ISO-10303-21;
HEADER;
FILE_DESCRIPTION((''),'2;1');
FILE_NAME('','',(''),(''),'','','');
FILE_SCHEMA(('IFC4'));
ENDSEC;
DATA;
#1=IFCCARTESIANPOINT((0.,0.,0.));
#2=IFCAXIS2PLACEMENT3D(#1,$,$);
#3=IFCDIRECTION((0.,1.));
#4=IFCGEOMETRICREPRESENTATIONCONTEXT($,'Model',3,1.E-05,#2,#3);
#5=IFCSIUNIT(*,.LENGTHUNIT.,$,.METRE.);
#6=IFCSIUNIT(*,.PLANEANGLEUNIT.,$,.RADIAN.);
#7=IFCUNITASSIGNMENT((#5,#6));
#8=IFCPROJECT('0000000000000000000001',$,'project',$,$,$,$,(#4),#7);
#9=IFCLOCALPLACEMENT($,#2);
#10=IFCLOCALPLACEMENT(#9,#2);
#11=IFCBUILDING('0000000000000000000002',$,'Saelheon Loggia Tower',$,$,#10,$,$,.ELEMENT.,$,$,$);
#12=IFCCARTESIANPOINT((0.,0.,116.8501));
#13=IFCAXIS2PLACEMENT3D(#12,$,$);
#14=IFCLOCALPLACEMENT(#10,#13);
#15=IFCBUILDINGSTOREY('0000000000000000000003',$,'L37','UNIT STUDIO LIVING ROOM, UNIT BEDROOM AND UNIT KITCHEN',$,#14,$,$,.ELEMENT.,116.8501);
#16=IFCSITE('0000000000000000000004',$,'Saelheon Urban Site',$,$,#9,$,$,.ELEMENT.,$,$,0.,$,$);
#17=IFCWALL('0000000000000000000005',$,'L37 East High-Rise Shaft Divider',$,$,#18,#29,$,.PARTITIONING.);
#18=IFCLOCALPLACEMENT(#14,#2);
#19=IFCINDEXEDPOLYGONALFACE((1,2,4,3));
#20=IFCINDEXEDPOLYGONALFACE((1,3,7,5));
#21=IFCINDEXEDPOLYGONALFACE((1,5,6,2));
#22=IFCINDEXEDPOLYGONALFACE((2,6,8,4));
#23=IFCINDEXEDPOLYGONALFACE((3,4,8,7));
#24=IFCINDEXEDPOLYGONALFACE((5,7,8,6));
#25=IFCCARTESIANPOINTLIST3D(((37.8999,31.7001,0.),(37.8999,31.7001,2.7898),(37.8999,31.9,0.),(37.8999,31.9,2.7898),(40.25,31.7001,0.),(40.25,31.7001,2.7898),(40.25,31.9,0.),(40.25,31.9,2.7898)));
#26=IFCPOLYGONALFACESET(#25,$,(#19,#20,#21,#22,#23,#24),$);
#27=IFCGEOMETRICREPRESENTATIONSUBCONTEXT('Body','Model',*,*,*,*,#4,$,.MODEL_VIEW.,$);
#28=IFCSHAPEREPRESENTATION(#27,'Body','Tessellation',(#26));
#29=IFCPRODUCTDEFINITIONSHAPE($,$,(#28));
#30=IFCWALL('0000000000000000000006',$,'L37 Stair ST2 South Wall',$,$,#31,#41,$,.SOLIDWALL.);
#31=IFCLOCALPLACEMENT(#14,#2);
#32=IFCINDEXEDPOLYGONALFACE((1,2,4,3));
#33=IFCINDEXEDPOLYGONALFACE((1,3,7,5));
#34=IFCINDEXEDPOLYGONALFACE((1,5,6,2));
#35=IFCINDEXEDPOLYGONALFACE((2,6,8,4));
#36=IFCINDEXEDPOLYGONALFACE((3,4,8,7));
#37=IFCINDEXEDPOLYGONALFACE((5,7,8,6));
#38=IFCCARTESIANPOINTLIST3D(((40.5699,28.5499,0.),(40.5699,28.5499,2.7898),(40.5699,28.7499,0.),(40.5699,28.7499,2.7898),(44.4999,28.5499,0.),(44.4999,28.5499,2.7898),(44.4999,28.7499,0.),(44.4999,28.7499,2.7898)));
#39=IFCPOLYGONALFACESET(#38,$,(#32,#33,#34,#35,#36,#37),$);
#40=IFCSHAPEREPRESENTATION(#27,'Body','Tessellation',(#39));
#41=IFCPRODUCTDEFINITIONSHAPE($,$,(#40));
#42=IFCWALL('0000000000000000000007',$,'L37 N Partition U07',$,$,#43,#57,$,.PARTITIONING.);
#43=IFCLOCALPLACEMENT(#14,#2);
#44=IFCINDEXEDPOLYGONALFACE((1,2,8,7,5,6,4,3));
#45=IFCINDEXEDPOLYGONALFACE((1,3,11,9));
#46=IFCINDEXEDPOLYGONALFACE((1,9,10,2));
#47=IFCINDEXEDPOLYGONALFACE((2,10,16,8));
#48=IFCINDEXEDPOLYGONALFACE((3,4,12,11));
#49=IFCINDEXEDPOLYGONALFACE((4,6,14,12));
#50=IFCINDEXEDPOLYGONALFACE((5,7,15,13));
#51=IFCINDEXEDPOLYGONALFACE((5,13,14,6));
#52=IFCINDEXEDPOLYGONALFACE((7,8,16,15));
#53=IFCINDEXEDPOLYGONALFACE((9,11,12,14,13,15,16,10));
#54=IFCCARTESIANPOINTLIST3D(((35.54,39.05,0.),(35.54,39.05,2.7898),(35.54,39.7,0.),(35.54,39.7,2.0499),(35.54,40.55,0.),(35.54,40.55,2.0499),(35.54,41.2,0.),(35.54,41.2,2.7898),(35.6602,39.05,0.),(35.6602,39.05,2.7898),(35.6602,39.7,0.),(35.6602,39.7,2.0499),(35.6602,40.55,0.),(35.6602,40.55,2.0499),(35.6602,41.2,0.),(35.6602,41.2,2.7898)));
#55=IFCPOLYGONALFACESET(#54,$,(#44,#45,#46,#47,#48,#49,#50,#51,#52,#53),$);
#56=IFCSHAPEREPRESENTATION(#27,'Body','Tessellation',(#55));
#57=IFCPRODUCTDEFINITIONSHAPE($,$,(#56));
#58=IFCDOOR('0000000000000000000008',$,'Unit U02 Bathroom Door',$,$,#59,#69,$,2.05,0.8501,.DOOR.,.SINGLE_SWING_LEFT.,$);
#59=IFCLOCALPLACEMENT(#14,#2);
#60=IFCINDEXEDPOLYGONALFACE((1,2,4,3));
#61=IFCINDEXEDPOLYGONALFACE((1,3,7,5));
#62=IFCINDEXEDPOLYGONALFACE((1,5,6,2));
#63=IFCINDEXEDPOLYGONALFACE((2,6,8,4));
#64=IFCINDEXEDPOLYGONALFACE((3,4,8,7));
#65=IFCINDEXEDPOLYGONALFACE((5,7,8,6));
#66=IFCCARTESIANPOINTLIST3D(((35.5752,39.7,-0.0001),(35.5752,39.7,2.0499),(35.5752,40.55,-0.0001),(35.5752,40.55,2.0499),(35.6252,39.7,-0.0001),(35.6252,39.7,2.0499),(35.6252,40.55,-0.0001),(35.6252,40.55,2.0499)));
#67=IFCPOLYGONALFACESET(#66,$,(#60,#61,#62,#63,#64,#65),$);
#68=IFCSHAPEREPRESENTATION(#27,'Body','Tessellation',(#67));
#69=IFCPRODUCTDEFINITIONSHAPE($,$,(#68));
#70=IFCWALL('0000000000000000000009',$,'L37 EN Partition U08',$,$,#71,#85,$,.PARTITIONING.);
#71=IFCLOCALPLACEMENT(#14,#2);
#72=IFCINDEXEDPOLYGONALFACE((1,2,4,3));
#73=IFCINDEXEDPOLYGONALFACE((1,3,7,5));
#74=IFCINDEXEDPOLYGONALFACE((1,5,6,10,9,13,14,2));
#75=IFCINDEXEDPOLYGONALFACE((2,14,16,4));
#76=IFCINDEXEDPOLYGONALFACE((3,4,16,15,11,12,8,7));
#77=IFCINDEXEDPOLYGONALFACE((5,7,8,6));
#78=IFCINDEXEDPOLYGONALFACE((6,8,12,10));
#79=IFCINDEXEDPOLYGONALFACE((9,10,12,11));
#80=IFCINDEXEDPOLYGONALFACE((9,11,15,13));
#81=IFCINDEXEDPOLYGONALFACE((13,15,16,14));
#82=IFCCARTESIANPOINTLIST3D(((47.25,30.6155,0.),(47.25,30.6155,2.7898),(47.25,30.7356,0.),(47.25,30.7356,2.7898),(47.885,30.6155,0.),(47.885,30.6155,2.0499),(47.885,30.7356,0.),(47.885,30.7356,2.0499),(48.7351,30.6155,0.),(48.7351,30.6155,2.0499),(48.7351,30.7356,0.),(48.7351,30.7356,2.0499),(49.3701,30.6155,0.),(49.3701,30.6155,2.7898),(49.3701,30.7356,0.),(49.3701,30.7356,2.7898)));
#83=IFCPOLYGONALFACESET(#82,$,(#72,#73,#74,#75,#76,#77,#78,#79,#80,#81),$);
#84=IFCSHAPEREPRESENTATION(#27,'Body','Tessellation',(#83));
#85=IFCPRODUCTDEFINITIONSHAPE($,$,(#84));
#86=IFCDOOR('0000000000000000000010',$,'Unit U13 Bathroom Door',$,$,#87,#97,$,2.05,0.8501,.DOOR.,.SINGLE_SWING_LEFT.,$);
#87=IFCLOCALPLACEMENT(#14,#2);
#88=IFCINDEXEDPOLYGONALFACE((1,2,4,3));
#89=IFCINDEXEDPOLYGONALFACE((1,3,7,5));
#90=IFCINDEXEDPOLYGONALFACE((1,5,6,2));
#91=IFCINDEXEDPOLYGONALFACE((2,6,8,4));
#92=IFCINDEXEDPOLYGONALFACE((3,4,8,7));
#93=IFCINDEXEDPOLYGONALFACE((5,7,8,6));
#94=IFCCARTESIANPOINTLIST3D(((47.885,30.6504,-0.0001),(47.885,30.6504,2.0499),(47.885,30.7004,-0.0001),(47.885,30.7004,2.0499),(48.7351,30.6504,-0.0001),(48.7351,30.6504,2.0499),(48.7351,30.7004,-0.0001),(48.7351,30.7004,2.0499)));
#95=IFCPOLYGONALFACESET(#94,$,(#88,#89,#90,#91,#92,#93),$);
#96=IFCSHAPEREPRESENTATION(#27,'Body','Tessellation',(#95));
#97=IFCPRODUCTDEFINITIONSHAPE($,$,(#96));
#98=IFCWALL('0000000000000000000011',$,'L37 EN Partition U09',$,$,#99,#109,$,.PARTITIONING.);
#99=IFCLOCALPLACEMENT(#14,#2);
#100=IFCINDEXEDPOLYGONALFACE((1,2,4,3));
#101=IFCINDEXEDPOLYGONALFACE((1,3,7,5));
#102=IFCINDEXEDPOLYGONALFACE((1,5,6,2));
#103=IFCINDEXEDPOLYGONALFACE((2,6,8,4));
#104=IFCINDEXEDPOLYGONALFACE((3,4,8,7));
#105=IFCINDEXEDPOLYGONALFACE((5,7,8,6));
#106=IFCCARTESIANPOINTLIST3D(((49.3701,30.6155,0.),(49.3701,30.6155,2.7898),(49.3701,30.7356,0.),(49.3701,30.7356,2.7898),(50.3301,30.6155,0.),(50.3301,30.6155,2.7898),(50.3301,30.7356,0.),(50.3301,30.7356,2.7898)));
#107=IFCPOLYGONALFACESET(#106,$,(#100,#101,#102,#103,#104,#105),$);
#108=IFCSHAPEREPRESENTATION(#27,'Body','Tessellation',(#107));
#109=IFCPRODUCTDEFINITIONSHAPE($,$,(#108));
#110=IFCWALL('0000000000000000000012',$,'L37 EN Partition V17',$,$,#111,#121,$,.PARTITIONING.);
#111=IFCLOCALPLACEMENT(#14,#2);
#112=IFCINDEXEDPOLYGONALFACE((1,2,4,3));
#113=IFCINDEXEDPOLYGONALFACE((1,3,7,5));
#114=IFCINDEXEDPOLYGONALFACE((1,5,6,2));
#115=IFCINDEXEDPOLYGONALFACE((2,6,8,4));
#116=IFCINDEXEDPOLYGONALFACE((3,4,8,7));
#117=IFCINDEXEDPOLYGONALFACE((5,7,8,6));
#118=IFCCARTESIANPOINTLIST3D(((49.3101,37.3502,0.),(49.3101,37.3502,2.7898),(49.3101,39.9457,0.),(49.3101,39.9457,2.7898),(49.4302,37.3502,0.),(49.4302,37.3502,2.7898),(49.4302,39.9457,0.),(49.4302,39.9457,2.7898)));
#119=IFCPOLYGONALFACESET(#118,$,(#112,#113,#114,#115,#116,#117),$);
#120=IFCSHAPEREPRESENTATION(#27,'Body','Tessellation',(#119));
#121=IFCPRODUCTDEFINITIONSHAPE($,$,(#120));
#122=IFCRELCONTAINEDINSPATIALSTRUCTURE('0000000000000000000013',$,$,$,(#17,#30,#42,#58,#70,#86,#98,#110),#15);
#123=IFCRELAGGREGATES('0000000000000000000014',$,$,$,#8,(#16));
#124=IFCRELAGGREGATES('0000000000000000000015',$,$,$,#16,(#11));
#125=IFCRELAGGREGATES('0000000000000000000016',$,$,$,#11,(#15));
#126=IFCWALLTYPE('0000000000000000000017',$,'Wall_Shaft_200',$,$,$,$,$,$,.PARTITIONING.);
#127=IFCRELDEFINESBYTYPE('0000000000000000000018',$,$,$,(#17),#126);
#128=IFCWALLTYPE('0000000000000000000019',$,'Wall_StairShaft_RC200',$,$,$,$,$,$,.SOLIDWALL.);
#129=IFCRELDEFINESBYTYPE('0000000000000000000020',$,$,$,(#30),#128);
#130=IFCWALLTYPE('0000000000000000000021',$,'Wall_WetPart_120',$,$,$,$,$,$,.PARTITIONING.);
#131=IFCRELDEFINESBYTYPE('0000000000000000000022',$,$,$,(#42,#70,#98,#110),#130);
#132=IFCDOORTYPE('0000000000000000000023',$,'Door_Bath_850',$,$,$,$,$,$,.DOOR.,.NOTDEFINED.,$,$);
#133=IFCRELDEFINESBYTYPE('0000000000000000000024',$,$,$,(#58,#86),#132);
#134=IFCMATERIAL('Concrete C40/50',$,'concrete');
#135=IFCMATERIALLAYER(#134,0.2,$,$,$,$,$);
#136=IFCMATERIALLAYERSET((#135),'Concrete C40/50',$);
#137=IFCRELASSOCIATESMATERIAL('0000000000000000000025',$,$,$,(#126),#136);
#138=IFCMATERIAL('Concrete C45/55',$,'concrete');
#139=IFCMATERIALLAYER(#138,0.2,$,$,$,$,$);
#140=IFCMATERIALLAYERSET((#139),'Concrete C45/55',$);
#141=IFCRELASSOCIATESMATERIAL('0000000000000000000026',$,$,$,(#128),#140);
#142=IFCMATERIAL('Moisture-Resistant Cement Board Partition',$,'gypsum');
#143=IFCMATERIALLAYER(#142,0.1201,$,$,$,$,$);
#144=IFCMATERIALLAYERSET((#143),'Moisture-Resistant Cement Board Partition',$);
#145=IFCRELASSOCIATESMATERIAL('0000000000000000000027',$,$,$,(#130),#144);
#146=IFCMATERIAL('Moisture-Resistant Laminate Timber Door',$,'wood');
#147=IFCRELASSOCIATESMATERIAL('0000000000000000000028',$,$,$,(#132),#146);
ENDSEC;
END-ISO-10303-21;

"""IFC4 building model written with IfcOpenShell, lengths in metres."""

from ifc_helpers import new_model, si_unit, direction, frame, frame_2d, origin, place, context, subcontext, project, spatial, rectangle, extrude, source, transform, mapped, material, layer, layer_set, type_object, element, fill, save


model = new_model("IFC4")

# Units and contexts
model_context = context("Model", 3, precision=1e-05, world=origin(), true_north=direction((0.0, 1.0)))
body_context = subcontext(model_context, "Body", "Model", "MODEL_VIEW")
ifc_project = project(units=[si_unit("LENGTHUNIT", "METRE"), si_unit("PLANEANGLEUNIT", "RADIAN")], contexts=[model_context])

# Site, building, storey
site_placement = place(None, origin())
site = spatial("IfcSite", under=ifc_project, at=site_placement, Name="Saelheon Urban Site", CompositionType="ELEMENT", RefElevation=0.0)
building_placement = place(site_placement, origin())
building = spatial("IfcBuilding", under=site, at=building_placement, Name="Saelheon Loggia Tower", CompositionType="ELEMENT")
storey_placement = place(building_placement, frame((0.0, 0.0, 116.8501)))
storey = spatial("IfcBuildingStorey", under=building, at=storey_placement, Name="L37", Description="UNIT STUDIO LIVING ROOM, UNIT BEDROOM AND UNIT KITCHEN", CompositionType="ELEMENT", Elevation=116.8501)

# Shared definitions
ifc_material_1 = material(Name="Concrete C40/50", Category="concrete")

# Walls
ifc_layer_1 = layer(ifc_material_1, 0.2)
ifc_layer_set_1 = layer_set([ifc_layer_1], Name="Concrete C40/50")
wall_type_1 = type_object("IfcWallType", Name="Wall_Shaft_200", PredefinedType="PARTITIONING", material=ifc_layer_set_1)
wall_1_placement = place(storey_placement, frame((37.8999, 31.8, 0.0), z_axis=(0.0, 0.0, 1.0), x_axis=(1.0, 0.0, 0.0)))
element("IfcWall", 1, at=wall_1_placement, inside=storey, type_object=wall_type_1, Name="L37 East High-Rise Shaft Divider", PredefinedType="PARTITIONING", context=body_context, shape_type="SweptSolid", body=[
    extrude(rectangle(XDim=2.3501, YDim=0.2, at=frame_2d((1.175, 0.0))), origin(), (0.0, 0.0, 1.0), 2.7898),
])
ifc_material_2 = material(Name="Concrete C45/55", Category="concrete")
ifc_layer_2 = layer(ifc_material_2, 0.2)
ifc_layer_set_2 = layer_set([ifc_layer_2], Name="Concrete C45/55")
wall_type_2 = type_object("IfcWallType", Name="Wall_StairShaft_RC200", PredefinedType="SOLIDWALL", material=ifc_layer_set_2)
wall_2_placement = place(storey_placement, frame((40.5701, 28.6499, 0.0), z_axis=(0.0, 0.0, 1.0), x_axis=(1.0, 0.0, 0.0)))
element("IfcWall", 2, at=wall_2_placement, inside=storey, type_object=wall_type_2, Name="L37 Stair ST2 South Wall", PredefinedType="SOLIDWALL", context=body_context, shape_type="SweptSolid", body=[
    extrude(rectangle(XDim=3.9299, YDim=0.2, at=frame_2d((1.9648, 0.0))), origin(), (0.0, 0.0, 1.0), 2.7898),
])

# Walls, openings, doors
ifc_material_3 = material(Name="Moisture-Resistant Cement Board Partition", Category="gypsum")
ifc_layer_3 = layer(ifc_material_3, 0.1201)
ifc_layer_set_3 = layer_set([ifc_layer_3], Name="Moisture-Resistant Cement Board Partition")
wall_type_3 = type_object("IfcWallType", Name="Wall_WetPart_120", PredefinedType="PARTITIONING", material=ifc_layer_set_3)
wall_3_placement = place(storey_placement, frame((35.6001, 39.05, 0.0), z_axis=(0.0, 0.0, 1.0), x_axis=(0.0, 1.0, 0.0)))
wall_3 = element("IfcWall", 3, at=wall_3_placement, inside=storey, type_object=wall_type_3, Name="L37 N Partition U07", PredefinedType="PARTITIONING", context=body_context, shape_type="SweptSolid", body=[
    extrude(rectangle(XDim=2.1499, YDim=0.1201, at=frame_2d((1.075, 0.0))), origin(), (0.0, 0.0, 1.0), 2.7898),
])
opening_1_placement = place(wall_3_placement, frame((0.6499, 0.0, 0.0)))
opening_1 = element("IfcOpeningElement", 4, at=opening_1_placement, cuts=wall_3, PredefinedType="OPENING", context=body_context, shape_type="SweptSolid", body=[
    extrude(rectangle(XDim=0.8501, YDim=2.05, at=frame_2d((0.425, 1.0249))), frame((0.0, 0.072, 0.0), z_axis=(0.0, -1.0, 0.0), x_axis=(1.0, 0.0, 0.0)), (0.0, 0.0, 1.0), 0.144),
])
ifc_material_4 = material(Name="Moisture-Resistant Laminate Timber Door", Category="wood")
door_type_1 = type_object("IfcDoorType", Name="Door_Bath_850", OperationType="NOTDEFINED", PredefinedType="DOOR", material=ifc_material_4)
shared_shape_1 = source(origin(), body_context, "Body", "SweptSolid", [
    extrude(rectangle(XDim=0.8501, YDim=2.05, at=frame_2d((0.425, 1.0249))), frame((0.0, 0.0249, 0.0), z_axis=(0.0, -1.0, 0.0), x_axis=(1.0, 0.0, 0.0)), (0.0, 0.0, 1.0), 0.05),
])
door_1_placement = place(opening_1_placement, origin())
door_1 = element("IfcDoor", 5, at=door_1_placement, inside=storey, type_object=door_type_1, Name="Unit U02 Bathroom Door", OperationType="SINGLE_SWING_LEFT", OverallHeight=2.05, OverallWidth=0.8501, PredefinedType="DOOR", context=body_context, shape_type="MappedRepresentation", body=[
    mapped(shared_shape_1, transform((0.0, 0.0, 0.0), scale=1.0)),
])
fill(opening_1, door_1)
wall_4_placement = place(storey_placement, frame((47.25, 30.6755, 0.0), z_axis=(0.0, 0.0, 1.0), x_axis=(1.0, 0.0, 0.0)))
wall_4 = element("IfcWall", 6, at=wall_4_placement, inside=storey, type_object=wall_type_3, Name="L37 EN Partition U08", PredefinedType="PARTITIONING", context=body_context, shape_type="SweptSolid", body=[
    extrude(rectangle(XDim=2.1201, YDim=0.1201, at=frame_2d((1.0601, 0.0))), origin(), (0.0, 0.0, 1.0), 2.7898),
])
opening_2_placement = place(wall_4_placement, frame((0.635, 0.0, 0.0)))
opening_2 = element("IfcOpeningElement", 7, at=opening_2_placement, cuts=wall_4, PredefinedType="OPENING", context=body_context, shape_type="SweptSolid", body=[
    extrude(rectangle(XDim=0.8501, YDim=2.05, at=frame_2d((0.425, 1.0249))), frame((0.0, 0.072, 0.0), z_axis=(0.0, -1.0, 0.0), x_axis=(1.0, 0.0, 0.0)), (0.0, 0.0, 1.0), 0.144),
])
door_2_placement = place(opening_2_placement, origin())
door_2 = element("IfcDoor", 8, at=door_2_placement, inside=storey, type_object=door_type_1, Name="Unit U13 Bathroom Door", OperationType="SINGLE_SWING_LEFT", OverallHeight=2.05, OverallWidth=0.8501, PredefinedType="DOOR", context=body_context, shape_type="MappedRepresentation", body=[
    mapped(shared_shape_1, transform((0.0, 0.0, 0.0), scale=1.0)),
])
fill(opening_2, door_2)

# Walls
wall_5_placement = place(storey_placement, frame((49.3701, 30.6755, 0.0), z_axis=(0.0, 0.0, 1.0), x_axis=(1.0, 0.0, 0.0)))
element("IfcWall", 9, at=wall_5_placement, inside=storey, type_object=wall_type_3, Name="L37 EN Partition U09", PredefinedType="PARTITIONING", context=body_context, shape_type="SweptSolid", body=[
    extrude(rectangle(XDim=0.96, YDim=0.1201, at=frame_2d((0.48, 0.0))), origin(), (0.0, 0.0, 1.0), 2.7898),
])
wall_6_placement = place(storey_placement, frame((49.3701, 37.3501, 0.0), z_axis=(0.0, 0.0, 1.0), x_axis=(0.0, 1.0, 0.0)))
element("IfcWall", 10, at=wall_6_placement, inside=storey, type_object=wall_type_3, Name="L37 EN Partition V17", PredefinedType="PARTITIONING", context=body_context, shape_type="SweptSolid", body=[
    extrude(rectangle(XDim=2.5955, YDim=0.1201, at=frame_2d((1.2979, 0.0))), origin(), (0.0, 0.0, 1.0), 2.7898),
])

save(model, "model.ifc")
